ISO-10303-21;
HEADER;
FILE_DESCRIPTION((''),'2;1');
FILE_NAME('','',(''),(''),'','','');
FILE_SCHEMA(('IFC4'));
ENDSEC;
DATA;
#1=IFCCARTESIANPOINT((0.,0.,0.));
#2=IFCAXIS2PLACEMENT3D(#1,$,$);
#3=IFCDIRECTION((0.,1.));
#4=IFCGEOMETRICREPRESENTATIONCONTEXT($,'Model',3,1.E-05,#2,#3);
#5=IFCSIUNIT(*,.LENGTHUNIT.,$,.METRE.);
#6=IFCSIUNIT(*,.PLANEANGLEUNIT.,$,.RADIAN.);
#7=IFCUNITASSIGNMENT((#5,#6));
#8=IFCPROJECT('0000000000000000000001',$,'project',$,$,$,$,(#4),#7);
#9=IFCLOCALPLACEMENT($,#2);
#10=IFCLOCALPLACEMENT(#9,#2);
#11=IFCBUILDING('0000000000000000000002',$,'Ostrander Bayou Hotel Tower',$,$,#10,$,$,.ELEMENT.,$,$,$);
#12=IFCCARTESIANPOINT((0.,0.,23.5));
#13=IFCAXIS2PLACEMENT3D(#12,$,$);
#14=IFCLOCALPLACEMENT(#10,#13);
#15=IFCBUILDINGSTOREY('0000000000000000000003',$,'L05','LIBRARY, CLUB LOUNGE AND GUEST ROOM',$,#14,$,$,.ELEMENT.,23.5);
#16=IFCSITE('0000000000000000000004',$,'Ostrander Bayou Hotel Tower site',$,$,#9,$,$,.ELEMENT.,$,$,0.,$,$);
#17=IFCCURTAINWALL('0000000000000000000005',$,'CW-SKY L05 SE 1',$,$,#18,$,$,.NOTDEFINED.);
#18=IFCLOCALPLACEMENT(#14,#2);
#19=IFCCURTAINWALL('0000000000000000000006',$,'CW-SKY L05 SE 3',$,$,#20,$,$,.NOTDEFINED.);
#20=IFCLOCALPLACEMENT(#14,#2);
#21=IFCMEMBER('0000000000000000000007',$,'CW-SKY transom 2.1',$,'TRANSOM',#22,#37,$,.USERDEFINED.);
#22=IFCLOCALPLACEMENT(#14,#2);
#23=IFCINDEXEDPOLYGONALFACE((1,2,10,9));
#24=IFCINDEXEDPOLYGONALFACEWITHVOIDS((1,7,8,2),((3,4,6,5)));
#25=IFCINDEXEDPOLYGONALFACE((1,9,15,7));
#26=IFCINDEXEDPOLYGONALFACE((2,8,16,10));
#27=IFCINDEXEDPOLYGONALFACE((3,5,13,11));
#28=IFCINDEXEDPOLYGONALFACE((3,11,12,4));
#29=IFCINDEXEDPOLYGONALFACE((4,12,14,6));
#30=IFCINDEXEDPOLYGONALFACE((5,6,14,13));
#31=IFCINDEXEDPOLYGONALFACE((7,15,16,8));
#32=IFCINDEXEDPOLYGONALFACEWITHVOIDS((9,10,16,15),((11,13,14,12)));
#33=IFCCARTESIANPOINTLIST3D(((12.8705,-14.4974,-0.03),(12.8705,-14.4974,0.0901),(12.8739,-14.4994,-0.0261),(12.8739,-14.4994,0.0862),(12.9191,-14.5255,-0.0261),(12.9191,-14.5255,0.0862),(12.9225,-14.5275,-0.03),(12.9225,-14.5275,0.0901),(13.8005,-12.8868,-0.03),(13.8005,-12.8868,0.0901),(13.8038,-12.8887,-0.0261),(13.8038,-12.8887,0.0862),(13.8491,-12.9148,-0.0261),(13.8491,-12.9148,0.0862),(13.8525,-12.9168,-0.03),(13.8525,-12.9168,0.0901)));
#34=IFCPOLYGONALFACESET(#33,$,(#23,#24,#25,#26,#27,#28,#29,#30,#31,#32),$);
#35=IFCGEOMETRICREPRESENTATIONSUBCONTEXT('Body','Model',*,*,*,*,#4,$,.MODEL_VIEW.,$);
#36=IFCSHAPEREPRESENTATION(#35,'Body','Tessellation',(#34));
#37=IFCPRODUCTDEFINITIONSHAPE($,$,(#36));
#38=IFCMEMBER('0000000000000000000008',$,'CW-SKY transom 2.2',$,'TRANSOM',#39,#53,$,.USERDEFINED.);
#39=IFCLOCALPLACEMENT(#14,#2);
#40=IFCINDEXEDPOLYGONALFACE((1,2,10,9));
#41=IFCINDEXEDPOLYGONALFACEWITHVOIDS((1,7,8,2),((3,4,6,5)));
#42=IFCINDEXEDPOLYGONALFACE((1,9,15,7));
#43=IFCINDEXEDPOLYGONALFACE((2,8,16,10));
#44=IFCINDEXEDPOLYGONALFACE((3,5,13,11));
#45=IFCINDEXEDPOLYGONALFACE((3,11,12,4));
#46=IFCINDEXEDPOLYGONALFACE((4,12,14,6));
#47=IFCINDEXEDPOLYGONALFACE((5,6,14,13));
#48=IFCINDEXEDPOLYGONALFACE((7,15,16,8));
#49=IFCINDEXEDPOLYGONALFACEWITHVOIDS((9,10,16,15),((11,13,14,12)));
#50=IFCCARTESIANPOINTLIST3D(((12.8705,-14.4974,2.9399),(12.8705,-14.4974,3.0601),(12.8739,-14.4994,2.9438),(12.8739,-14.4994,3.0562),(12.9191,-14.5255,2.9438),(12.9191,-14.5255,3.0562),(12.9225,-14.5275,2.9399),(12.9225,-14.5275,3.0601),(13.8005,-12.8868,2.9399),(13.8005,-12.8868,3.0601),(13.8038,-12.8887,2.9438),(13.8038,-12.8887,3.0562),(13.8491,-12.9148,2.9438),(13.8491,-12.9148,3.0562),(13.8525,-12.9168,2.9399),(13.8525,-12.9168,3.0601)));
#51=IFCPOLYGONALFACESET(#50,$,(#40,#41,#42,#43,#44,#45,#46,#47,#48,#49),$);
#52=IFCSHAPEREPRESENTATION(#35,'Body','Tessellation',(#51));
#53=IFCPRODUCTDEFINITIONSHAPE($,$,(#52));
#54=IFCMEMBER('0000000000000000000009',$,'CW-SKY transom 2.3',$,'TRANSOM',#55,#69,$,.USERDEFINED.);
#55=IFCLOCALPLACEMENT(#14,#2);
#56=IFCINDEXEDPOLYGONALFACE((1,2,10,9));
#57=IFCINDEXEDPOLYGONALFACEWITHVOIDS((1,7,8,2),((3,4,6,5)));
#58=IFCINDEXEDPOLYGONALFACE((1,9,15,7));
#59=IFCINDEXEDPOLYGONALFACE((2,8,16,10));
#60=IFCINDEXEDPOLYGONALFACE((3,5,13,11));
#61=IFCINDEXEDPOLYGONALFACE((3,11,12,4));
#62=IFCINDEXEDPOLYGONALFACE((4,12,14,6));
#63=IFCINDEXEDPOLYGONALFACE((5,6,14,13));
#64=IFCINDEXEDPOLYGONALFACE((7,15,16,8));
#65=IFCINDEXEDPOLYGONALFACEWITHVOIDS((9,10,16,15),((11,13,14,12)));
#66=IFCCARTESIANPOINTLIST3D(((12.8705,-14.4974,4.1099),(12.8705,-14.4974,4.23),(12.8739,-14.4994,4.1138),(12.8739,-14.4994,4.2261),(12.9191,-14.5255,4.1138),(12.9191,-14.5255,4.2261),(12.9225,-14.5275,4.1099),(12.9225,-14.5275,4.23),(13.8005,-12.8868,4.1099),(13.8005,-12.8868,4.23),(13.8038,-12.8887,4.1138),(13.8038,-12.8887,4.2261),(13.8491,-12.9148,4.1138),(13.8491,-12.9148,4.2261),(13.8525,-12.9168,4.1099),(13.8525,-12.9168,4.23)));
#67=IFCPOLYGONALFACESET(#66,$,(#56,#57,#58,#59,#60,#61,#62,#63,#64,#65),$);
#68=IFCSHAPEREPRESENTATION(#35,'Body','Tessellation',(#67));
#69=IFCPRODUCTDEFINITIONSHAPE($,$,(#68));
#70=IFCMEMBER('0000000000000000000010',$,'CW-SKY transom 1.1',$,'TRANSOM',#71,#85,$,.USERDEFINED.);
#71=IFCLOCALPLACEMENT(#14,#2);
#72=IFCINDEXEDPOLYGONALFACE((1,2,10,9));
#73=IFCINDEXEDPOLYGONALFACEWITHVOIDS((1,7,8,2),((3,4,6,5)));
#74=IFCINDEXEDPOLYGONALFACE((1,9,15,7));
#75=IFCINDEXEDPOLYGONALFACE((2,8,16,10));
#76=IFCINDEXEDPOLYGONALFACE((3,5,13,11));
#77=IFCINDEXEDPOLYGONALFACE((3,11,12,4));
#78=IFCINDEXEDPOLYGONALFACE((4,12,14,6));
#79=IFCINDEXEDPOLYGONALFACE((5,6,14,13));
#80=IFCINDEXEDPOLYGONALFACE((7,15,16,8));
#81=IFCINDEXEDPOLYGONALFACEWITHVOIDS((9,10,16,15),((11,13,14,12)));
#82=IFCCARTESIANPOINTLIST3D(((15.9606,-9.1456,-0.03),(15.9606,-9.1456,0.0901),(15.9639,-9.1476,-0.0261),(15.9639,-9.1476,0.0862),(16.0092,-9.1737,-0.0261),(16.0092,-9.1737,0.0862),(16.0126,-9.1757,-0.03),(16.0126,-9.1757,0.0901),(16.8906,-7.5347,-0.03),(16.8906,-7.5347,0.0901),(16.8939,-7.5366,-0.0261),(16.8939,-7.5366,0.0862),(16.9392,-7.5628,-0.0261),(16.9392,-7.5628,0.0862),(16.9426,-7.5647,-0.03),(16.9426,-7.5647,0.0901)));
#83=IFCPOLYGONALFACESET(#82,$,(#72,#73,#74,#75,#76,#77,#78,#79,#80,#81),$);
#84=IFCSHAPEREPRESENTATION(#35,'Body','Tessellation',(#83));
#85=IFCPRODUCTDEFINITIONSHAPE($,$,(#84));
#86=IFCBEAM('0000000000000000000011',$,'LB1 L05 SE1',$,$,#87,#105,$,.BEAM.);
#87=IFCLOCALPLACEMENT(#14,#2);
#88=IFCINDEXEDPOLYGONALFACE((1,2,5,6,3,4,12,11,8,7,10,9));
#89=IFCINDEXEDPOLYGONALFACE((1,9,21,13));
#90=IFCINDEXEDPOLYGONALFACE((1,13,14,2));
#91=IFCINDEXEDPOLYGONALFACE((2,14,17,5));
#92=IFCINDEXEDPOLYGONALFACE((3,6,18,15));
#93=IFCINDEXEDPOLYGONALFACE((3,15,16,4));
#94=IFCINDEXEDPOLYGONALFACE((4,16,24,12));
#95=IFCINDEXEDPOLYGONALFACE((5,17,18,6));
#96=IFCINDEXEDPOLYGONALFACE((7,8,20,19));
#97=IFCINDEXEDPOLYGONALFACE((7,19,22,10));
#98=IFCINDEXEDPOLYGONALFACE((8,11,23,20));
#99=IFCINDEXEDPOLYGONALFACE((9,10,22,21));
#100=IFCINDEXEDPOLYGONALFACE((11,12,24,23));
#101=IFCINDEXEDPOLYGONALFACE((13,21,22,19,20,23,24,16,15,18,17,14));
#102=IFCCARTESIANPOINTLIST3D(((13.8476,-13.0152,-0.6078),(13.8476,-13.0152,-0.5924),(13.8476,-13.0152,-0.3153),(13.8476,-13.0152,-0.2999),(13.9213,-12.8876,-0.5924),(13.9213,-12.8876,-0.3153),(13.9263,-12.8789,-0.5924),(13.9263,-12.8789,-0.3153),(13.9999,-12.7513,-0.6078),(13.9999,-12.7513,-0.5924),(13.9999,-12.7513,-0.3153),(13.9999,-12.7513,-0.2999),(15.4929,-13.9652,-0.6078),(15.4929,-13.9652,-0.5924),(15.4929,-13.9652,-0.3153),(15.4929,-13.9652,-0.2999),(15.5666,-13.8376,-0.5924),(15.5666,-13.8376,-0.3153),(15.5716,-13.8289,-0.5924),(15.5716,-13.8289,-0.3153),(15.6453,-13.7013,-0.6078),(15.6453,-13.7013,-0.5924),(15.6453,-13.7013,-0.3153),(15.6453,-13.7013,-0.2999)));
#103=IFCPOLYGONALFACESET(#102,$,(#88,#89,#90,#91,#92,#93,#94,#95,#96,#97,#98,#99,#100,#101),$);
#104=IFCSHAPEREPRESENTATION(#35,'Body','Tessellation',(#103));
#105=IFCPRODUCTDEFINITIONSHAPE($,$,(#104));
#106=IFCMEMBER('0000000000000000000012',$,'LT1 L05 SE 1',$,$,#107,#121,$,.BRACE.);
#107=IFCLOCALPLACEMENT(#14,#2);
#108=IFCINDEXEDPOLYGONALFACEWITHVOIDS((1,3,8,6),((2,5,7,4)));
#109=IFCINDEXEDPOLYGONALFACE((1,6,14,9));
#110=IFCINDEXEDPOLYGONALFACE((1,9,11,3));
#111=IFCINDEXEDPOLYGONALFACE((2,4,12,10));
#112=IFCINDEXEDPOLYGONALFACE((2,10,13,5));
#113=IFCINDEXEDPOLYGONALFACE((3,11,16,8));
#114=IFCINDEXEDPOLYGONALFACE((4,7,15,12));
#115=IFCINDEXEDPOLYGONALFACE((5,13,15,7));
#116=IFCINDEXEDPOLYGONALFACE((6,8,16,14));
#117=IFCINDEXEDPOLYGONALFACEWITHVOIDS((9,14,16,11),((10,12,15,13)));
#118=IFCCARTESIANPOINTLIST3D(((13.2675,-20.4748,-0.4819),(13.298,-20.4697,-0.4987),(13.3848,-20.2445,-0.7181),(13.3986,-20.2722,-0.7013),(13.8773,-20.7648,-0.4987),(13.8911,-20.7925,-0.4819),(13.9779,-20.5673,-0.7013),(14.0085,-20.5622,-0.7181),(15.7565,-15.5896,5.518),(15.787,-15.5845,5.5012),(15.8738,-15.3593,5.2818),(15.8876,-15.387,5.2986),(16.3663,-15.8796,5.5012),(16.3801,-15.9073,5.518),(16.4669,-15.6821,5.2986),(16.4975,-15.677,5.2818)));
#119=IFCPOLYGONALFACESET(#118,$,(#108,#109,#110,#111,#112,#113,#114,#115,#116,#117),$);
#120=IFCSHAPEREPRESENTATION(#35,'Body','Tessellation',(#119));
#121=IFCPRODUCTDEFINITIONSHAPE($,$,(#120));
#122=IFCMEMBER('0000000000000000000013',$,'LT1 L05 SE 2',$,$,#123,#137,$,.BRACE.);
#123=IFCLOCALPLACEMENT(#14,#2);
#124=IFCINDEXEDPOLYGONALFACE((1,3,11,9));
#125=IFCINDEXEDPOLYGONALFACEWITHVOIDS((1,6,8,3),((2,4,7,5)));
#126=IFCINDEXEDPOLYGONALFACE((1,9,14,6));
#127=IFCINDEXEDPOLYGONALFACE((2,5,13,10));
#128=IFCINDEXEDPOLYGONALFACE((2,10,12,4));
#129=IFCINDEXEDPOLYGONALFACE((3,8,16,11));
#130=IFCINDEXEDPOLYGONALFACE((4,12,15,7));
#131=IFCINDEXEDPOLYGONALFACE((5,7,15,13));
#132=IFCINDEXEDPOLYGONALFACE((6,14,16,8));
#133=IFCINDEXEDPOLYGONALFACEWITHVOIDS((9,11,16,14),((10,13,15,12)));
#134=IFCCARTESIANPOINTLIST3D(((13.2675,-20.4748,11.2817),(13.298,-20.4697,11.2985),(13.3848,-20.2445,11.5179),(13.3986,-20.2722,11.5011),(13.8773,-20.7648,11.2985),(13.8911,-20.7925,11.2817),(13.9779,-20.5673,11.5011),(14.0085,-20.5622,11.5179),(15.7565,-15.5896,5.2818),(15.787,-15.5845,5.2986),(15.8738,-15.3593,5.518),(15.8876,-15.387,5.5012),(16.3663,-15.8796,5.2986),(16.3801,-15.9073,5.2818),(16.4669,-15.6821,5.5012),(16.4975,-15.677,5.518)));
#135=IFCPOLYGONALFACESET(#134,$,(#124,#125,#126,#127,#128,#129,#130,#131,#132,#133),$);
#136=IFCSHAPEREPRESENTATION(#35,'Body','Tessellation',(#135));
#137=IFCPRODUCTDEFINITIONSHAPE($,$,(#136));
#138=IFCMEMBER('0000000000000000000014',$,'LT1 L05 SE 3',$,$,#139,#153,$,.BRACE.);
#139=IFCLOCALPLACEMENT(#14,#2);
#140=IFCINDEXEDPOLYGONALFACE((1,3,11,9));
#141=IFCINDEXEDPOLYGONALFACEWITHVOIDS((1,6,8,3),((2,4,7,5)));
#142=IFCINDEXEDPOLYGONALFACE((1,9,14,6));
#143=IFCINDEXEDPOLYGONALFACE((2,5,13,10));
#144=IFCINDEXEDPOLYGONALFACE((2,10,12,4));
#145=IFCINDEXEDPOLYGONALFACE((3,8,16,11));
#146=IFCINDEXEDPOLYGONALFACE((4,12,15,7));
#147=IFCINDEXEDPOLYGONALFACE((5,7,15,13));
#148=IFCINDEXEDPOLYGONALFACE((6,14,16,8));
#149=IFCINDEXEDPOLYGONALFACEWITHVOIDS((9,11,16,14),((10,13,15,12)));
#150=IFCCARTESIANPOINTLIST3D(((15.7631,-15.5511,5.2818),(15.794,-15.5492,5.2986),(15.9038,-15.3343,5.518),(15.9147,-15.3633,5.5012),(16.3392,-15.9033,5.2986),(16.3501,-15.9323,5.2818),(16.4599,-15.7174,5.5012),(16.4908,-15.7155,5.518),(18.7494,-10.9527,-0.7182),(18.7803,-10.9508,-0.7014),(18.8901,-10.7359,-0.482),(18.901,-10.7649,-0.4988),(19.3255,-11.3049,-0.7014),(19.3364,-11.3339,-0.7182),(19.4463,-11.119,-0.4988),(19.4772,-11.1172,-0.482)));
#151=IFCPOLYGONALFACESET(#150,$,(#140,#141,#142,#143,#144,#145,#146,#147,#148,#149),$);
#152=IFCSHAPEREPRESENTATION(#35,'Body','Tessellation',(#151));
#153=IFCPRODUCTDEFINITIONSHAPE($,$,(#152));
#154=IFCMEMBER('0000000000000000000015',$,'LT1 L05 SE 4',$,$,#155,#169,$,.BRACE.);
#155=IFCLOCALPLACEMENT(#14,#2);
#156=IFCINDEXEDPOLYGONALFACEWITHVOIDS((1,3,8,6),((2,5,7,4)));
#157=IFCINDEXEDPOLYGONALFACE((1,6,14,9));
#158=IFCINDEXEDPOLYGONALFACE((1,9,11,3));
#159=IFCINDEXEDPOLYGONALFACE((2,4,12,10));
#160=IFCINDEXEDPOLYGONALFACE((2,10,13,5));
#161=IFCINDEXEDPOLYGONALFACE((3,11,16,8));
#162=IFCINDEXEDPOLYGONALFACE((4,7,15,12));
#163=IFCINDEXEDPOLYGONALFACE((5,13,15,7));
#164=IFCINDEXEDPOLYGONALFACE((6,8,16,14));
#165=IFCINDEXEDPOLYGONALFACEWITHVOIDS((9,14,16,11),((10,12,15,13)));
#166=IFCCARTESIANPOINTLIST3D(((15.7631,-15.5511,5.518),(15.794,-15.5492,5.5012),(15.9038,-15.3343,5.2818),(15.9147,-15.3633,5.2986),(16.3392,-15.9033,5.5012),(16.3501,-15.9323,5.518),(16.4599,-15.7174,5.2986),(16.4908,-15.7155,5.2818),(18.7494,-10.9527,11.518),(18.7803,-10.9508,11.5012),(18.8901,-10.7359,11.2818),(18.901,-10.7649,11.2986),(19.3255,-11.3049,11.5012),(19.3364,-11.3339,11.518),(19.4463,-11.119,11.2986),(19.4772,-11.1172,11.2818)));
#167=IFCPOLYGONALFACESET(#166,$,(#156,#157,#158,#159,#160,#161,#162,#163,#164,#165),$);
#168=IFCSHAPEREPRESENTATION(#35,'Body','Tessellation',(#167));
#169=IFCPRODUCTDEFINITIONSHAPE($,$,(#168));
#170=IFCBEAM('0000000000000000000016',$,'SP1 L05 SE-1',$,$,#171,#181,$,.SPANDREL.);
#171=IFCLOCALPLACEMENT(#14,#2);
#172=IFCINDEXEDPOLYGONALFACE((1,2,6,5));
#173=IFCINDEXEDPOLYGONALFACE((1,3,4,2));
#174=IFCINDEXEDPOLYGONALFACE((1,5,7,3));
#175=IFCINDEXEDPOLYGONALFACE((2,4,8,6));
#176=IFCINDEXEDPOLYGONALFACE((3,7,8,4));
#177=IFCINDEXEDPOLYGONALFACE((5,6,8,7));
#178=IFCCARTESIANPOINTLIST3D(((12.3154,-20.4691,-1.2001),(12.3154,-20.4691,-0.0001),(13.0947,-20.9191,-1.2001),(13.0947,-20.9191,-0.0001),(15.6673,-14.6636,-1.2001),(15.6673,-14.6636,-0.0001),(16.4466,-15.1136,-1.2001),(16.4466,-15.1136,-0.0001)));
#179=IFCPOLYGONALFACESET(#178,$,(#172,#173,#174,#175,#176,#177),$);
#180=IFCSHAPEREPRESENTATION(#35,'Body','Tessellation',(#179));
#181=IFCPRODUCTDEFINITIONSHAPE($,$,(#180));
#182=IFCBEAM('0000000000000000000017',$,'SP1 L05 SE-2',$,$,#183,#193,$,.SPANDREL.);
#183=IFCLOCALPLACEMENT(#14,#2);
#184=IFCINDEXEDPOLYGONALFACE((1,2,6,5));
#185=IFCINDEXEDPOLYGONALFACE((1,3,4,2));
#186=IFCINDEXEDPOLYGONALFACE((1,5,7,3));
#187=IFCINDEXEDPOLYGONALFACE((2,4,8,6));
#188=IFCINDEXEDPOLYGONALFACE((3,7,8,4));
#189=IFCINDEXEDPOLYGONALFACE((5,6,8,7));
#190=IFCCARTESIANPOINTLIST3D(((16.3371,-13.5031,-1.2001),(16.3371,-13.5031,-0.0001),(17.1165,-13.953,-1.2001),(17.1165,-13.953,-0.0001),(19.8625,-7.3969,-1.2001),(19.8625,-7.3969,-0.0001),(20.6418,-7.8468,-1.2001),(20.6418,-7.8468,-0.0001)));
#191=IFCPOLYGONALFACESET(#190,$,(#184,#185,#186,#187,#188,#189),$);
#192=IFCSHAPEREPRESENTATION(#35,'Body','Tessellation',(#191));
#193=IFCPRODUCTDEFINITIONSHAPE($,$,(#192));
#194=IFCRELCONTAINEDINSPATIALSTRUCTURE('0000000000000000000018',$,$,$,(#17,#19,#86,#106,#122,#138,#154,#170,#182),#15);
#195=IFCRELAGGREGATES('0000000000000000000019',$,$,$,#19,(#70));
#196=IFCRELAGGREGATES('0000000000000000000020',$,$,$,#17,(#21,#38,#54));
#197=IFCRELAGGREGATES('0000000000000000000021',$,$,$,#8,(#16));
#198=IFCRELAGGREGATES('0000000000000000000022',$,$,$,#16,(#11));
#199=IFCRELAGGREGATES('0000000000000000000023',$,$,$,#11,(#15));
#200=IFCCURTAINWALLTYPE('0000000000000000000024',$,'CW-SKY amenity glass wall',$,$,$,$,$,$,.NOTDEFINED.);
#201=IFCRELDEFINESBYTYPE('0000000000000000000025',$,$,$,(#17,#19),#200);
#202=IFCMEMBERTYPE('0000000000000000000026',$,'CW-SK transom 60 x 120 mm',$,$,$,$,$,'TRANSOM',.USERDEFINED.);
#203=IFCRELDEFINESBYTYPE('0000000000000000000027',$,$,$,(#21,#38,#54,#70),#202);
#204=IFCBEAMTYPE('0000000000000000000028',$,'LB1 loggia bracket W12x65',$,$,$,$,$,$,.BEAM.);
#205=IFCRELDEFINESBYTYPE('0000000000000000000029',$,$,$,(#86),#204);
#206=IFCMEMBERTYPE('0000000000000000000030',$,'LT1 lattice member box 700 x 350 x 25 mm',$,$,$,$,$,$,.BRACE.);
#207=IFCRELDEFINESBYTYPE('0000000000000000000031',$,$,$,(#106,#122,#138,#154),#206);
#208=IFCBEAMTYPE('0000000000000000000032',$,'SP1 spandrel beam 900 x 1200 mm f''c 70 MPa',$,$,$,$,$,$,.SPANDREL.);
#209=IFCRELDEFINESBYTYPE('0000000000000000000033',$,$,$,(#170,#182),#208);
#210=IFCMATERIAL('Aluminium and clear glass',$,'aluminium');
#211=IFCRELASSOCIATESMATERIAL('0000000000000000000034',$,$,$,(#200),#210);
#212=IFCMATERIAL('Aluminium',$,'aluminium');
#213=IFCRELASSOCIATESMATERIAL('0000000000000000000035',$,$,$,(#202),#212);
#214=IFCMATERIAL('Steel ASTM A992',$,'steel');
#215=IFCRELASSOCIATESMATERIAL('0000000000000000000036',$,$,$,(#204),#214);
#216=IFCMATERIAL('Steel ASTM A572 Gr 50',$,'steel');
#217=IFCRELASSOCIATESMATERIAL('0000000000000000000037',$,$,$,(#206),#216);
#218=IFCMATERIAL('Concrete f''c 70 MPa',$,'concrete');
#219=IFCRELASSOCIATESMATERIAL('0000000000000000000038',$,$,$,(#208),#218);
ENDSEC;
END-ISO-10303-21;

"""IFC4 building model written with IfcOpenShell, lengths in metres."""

from ifc_helpers import new_model, si_unit, direction, frame, origin, origin_2d, place, context, subcontext, project, spatial, rectangle, hollow_rectangle, i_section, extrude, material, material_profile, profile_set, type_object, element, aggregate, save


model = new_model("IFC4")

# Units and contexts
model_context = context("Model", 3, precision=1e-05, world=origin(), true_north=direction((0.0, 1.0)))
body_context = subcontext(model_context, "Body", "Model", "MODEL_VIEW")
ifc_project = project(units=[si_unit("LENGTHUNIT", "METRE"), si_unit("PLANEANGLEUNIT", "RADIAN")], contexts=[model_context])

# Site, building, storey
site_placement = place(None, origin())
site = spatial("IfcSite", under=ifc_project, at=site_placement, Name="Ostrander Bayou Hotel Tower site", CompositionType="ELEMENT", RefElevation=0.0)
building_placement = place(site_placement, origin())
building = spatial("IfcBuilding", under=site, at=building_placement, Name="Ostrander Bayou Hotel Tower", CompositionType="ELEMENT")
storey_placement = place(building_placement, frame((0.0, 0.0, 23.5)))
storey = spatial("IfcBuildingStorey", under=building, at=storey_placement, Name="L05", Description="LIBRARY, CLUB LOUNGE AND GUEST ROOM", CompositionType="ELEMENT", Elevation=23.5)

# Curtain wall
ifc_material_1 = material(Name="Aluminium and clear glass", Category="aluminium")
curtain_wall_type_1 = type_object("IfcCurtainWallType", Name="CW-SKY amenity glass wall", PredefinedType="NOTDEFINED", material=ifc_material_1)
curtain_wall_1_placement = place(storey_placement, origin())
curtain_wall_1 = element("IfcCurtainWall", 1, at=curtain_wall_1_placement, inside=storey, type_object=curtain_wall_type_1, Name="CW-SKY L05 SE 1", PredefinedType="NOTDEFINED")

# Curtain wall
curtain_wall_2_placement = place(storey_placement, origin())
curtain_wall_2 = element("IfcCurtainWall", 2, at=curtain_wall_2_placement, inside=storey, type_object=curtain_wall_type_1, Name="CW-SKY L05 SE 3", PredefinedType="NOTDEFINED")

# Members
ifc_material_2 = material(Name="Aluminium", Category="aluminium")
ifc_material_profile_1 = material_profile(ifc_material_2, hollow_rectangle(XDim=0.0601, YDim=0.1201, WallThickness=0.0039, at=origin_2d()))
ifc_profile_set_1 = profile_set([ifc_material_profile_1], Name="Aluminium")
member_type_1 = type_object("IfcMemberType", Name="CW-SK transom 60 x 120 mm", ElementType="TRANSOM", PredefinedType="USERDEFINED", material=ifc_profile_set_1)
member_1_placement = place(storey_placement, frame((12.8965, -14.5125, 0.03), z_axis=(0.500022, 0.866013, 0.0), x_axis=(-0.866013, 0.500022, 0.0)))
member_1 = element("IfcMember", 3, at=member_1_placement, type_object=member_type_1, Name="CW-SKY transom 2.1", ObjectType="TRANSOM", PredefinedType="USERDEFINED", context=body_context, shape_type="SweptSolid", body=[
    extrude(hollow_rectangle(XDim=0.0601, YDim=0.1201, WallThickness=0.0039, at=origin_2d()), origin(), (0.0, 0.0, 1.0), 1.8599),
])
member_2_placement = place(storey_placement, frame((12.8965, -14.5125, 3.0), z_axis=(0.500022, 0.866013, 0.0), x_axis=(-0.866013, 0.500022, 0.0)))
member_2 = element("IfcMember", 4, at=member_2_placement, type_object=member_type_1, Name="CW-SKY transom 2.2", ObjectType="TRANSOM", PredefinedType="USERDEFINED", context=body_context, shape_type="SweptSolid", body=[
    extrude(hollow_rectangle(XDim=0.0601, YDim=0.1201, WallThickness=0.0039, at=origin_2d()), origin(), (0.0, 0.0, 1.0), 1.8599),
])
member_3_placement = place(storey_placement, frame((12.8965, -14.5125, 4.1699), z_axis=(0.500022, 0.866013, 0.0), x_axis=(-0.866013, 0.500022, 0.0)))
member_3 = element("IfcMember", 5, at=member_3_placement, type_object=member_type_1, Name="CW-SKY transom 2.3", ObjectType="TRANSOM", PredefinedType="USERDEFINED", context=body_context, shape_type="SweptSolid", body=[
    extrude(hollow_rectangle(XDim=0.0601, YDim=0.1201, WallThickness=0.0039, at=origin_2d()), origin(), (0.0, 0.0, 1.0), 1.8599),
])
member_4_placement = place(storey_placement, frame((15.9866, -9.1606, 0.03), z_axis=(0.499965, 0.866046, 0.0), x_axis=(-0.866046, 0.499965, 0.0)))
member_4 = element("IfcMember", 6, at=member_4_placement, type_object=member_type_1, Name="CW-SKY transom 1.1", ObjectType="TRANSOM", PredefinedType="USERDEFINED", context=body_context, shape_type="SweptSolid", body=[
    extrude(hollow_rectangle(XDim=0.0601, YDim=0.1201, WallThickness=0.0039, at=origin_2d()), origin(), (0.0, 0.0, 1.0), 1.8601),
])
aggregate(curtain_wall_2, [member_4])

# Beam
ifc_material_3 = material(Name="Steel ASTM A992", Category="steel")
ifc_material_profile_2 = material_profile(ifc_material_3, i_section(OverallWidth=0.3047, OverallDepth=0.3079, WebThickness=0.01, FlangeThickness=0.0154, at=origin_2d()))
ifc_profile_set_2 = profile_set([ifc_material_profile_2], Name="Steel ASTM A992")
beam_type_1 = type_object("IfcBeamType", Name="LB1 loggia bracket W12x65", PredefinedType="BEAM", material=ifc_profile_set_2)
beam_1_placement = place(storey_placement, frame((15.5691, -13.8333, -0.4539), z_axis=(-0.866012, 0.500023, 0.0), x_axis=(-0.500023, -0.866012, 0.0)))
element("IfcBeam", 7, at=beam_1_placement, inside=storey, type_object=beam_type_1, Name="LB1 L05 SE1", PredefinedType="BEAM", context=body_context, shape_type="SweptSolid", body=[
    extrude(i_section(OverallWidth=0.3047, OverallDepth=0.3079, WebThickness=0.01, FlangeThickness=0.0154, at=origin_2d()), origin(), (0.0, 0.0, 1.0), 1.8999),
])

# Members
ifc_material_4 = material(Name="Steel ASTM A572 Gr 50", Category="steel")
ifc_material_profile_3 = material_profile(ifc_material_4, hollow_rectangle(XDim=0.7, YDim=0.3501, WallThickness=0.0249, at=origin_2d()))
ifc_profile_set_3 = profile_set([ifc_material_profile_3], Name="Steel ASTM A572 Gr 50")
member_type_2 = type_object("IfcMemberType", Name="LT1 lattice member box 700 x 350 x 25 mm", PredefinedType="BRACE", material=ifc_profile_set_3)
for number, where, z_axis, x_axis, name in (
    (8, (16.127, -15.6333, 5.3999), (-0.306235, -0.601056, -0.738208), (0.891017, -0.453969, 0.0), "LT1 L05 SE 1"),
    (9, (16.127, -15.6333, 5.3999), (-0.306235, -0.601056, 0.738208), (0.891017, -0.453969, 0.0), "LT1 L05 SE 2"),
):
    element("IfcMember", number, at=place(storey_placement, frame(where, z_axis=z_axis, x_axis=x_axis)), inside=storey, type_object=member_type_2, Name=name, PredefinedType="BRACE", context=body_context, shape_type="SweptSolid", body=[
        extrude(hollow_rectangle(XDim=0.7, YDim=0.3501, WallThickness=0.0249, at=origin_2d()), origin(), (0.0, 0.0, 1.0), 8.1277),
    ])
for number, where, z_axis, x_axis, name in (
    (10, (16.127, -15.6333, 5.3999), (0.367415, 0.565751, -0.738195), (-0.838662, 0.544652, 0.0), "LT1 L05 SE 3"),
    (11, (16.127, -15.6333, 5.3999), (0.367415, 0.565751, 0.738195), (-0.838662, 0.544652, 0.0), "LT1 L05 SE 4"),
):
    element("IfcMember", number, at=place(storey_placement, frame(where, z_axis=z_axis, x_axis=x_axis)), inside=storey, type_object=member_type_2, Name=name, PredefinedType="BRACE", context=body_context, shape_type="SweptSolid", body=[
        extrude(hollow_rectangle(XDim=0.7, YDim=0.3501, WallThickness=0.0249, at=origin_2d()), origin(), (0.0, 0.0, 1.0), 8.1279),
    ])

# Beams
ifc_material_5 = material(Name="Concrete f'c 70 MPa", Category="concrete")
ifc_material_profile_4 = material_profile(ifc_material_5, rectangle(XDim=0.8999, YDim=1.2, at=origin_2d()))
ifc_profile_set_4 = profile_set([ifc_material_profile_4], Name="Concrete f'c 70 MPa")
beam_type_2 = type_object("IfcBeamType", Name="SP1 spandrel beam 900 x 1200 mm f'c 70 MPa", PredefinedType="SPANDREL", material=ifc_profile_set_4)
beam_2_placement = place(storey_placement, frame((12.7051, -20.6941, -0.6001), z_axis=(0.500005, 0.866022, 0.0), x_axis=(-0.866022, 0.500005, 0.0)))
element("IfcBeam", 12, at=beam_2_placement, inside=storey, type_object=beam_type_2, Name="SP1 L05 SE-1", PredefinedType="SPANDREL", context=body_context, shape_type="SweptSolid", body=[
    extrude(rectangle(XDim=0.8999, YDim=1.2, at=origin_2d()), origin(), (0.0, 0.0, 1.0), 6.7036),
])
beam_3_placement = place(storey_placement, frame((16.7268, -13.728, -0.6001), z_axis=(0.499997, 0.866027, 0.0), x_axis=(-0.866027, 0.499997, 0.0)))
element("IfcBeam", 13, at=beam_3_placement, inside=storey, type_object=beam_type_2, Name="SP1 L05 SE-2", PredefinedType="SPANDREL", context=body_context, shape_type="SweptSolid", body=[
    extrude(rectangle(XDim=0.8999, YDim=1.2, at=origin_2d()), origin(), (0.0, 0.0, 1.0), 7.0508),
])

aggregate(curtain_wall_1, [member_1, member_2, member_3])

save(model, "model.ifc")
